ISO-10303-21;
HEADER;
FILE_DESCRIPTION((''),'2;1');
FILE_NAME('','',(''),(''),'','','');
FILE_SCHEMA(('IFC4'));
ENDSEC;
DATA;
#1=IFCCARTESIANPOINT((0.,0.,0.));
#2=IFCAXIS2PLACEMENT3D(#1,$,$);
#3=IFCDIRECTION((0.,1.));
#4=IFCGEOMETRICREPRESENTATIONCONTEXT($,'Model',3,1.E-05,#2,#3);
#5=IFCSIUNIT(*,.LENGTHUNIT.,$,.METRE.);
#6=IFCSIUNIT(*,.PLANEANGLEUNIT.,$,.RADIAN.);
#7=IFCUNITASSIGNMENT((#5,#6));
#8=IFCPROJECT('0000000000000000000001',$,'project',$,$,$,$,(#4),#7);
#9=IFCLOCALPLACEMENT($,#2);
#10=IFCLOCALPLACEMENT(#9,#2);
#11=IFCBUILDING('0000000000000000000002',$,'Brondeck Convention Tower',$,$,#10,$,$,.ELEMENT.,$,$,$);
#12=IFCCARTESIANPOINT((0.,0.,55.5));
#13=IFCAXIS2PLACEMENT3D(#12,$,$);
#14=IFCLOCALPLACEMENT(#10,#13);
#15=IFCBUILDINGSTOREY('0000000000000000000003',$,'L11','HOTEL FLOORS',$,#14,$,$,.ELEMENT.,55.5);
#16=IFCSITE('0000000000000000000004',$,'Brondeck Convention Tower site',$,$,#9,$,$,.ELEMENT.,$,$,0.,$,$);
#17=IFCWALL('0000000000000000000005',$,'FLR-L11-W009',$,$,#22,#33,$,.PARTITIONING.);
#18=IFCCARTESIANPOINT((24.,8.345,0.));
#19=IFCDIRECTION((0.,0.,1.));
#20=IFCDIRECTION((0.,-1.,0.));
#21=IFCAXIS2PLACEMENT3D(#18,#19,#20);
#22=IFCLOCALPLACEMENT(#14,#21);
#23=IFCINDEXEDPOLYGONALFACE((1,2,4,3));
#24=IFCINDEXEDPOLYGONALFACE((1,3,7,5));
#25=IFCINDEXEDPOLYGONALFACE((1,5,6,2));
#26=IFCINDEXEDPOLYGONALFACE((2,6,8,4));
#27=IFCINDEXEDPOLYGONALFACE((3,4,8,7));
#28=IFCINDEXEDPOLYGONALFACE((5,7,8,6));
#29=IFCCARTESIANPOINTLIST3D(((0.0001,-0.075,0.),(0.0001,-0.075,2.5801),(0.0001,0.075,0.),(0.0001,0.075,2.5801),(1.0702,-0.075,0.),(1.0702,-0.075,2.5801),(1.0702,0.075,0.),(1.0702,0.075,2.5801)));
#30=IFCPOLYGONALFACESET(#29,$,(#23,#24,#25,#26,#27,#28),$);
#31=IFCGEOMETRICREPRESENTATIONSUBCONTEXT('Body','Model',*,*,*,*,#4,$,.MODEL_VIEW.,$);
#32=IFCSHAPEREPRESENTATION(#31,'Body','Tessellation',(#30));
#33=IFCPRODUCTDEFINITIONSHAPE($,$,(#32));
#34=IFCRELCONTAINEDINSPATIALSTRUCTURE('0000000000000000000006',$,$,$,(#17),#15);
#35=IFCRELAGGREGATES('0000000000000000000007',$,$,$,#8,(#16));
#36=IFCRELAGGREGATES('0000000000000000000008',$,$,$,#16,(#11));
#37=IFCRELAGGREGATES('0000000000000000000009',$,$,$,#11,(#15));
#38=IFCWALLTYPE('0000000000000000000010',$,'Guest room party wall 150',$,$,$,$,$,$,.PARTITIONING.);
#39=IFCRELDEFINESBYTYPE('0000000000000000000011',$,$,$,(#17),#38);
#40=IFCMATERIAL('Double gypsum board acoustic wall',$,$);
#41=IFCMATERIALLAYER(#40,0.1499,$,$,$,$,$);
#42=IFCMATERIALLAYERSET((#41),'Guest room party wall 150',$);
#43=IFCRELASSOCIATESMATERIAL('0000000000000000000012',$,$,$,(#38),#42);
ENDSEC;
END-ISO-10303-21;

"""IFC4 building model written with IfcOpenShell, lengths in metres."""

from ifc_helpers import new_model, si_unit, direction, frame, frame_2d, origin, place, context, subcontext, project, spatial, rectangle, extrude, material, layer, layer_set, type_object, element, save


model = new_model("IFC4")

# Units and contexts
model_context = context("Model", 3, precision=1e-05, world=origin(), true_north=direction((0.0, 1.0)))
body_context = subcontext(model_context, "Body", "Model", "MODEL_VIEW")
ifc_project = project(units=[si_unit("LENGTHUNIT", "METRE"), si_unit("PLANEANGLEUNIT", "RADIAN")], contexts=[model_context])

# Site, building, storey
site_placement = place(None, origin())
site = spatial("IfcSite", under=ifc_project, at=site_placement, Name="Brondeck Convention Tower site", CompositionType="ELEMENT", RefElevation=0.0)
building_placement = place(site_placement, origin())
building = spatial("IfcBuilding", under=site, at=building_placement, Name="Brondeck Convention Tower", CompositionType="ELEMENT")
storey_placement = place(building_placement, frame((0.0, 0.0, 55.5)))
storey = spatial("IfcBuildingStorey", under=building, at=storey_placement, Name="L11", Description="HOTEL FLOORS", CompositionType="ELEMENT", Elevation=55.5)

# Shared definitions
ifc_material_1 = material(Name="Double gypsum board acoustic wall")
ifc_layer_1 = layer(ifc_material_1, 0.1499)
ifc_layer_set_1 = layer_set([ifc_layer_1], Name="Guest room party wall 150")
wall_type_1 = type_object("IfcWallType", Name="Guest room party wall 150", PredefinedType="PARTITIONING", material=ifc_layer_set_1)

# Wall
wall_1_placement = place(storey_placement, frame((24.0, 8.345, 0.0), z_axis=(0.0, 0.0, 1.0), x_axis=(0.0, -1.0, 0.0)))
element("IfcWall", 1, at=wall_1_placement, inside=storey, type_object=wall_type_1, Name="FLR-L11-W009", PredefinedType="PARTITIONING", context=body_context, shape_type="SweptSolid", body=[
    extrude(rectangle(XDim=1.0701, YDim=0.1499, at=frame_2d((0.5352, 0.0))), origin(), (0.0, 0.0, 1.0), 2.5801),
])

save(model, "model.ifc")
